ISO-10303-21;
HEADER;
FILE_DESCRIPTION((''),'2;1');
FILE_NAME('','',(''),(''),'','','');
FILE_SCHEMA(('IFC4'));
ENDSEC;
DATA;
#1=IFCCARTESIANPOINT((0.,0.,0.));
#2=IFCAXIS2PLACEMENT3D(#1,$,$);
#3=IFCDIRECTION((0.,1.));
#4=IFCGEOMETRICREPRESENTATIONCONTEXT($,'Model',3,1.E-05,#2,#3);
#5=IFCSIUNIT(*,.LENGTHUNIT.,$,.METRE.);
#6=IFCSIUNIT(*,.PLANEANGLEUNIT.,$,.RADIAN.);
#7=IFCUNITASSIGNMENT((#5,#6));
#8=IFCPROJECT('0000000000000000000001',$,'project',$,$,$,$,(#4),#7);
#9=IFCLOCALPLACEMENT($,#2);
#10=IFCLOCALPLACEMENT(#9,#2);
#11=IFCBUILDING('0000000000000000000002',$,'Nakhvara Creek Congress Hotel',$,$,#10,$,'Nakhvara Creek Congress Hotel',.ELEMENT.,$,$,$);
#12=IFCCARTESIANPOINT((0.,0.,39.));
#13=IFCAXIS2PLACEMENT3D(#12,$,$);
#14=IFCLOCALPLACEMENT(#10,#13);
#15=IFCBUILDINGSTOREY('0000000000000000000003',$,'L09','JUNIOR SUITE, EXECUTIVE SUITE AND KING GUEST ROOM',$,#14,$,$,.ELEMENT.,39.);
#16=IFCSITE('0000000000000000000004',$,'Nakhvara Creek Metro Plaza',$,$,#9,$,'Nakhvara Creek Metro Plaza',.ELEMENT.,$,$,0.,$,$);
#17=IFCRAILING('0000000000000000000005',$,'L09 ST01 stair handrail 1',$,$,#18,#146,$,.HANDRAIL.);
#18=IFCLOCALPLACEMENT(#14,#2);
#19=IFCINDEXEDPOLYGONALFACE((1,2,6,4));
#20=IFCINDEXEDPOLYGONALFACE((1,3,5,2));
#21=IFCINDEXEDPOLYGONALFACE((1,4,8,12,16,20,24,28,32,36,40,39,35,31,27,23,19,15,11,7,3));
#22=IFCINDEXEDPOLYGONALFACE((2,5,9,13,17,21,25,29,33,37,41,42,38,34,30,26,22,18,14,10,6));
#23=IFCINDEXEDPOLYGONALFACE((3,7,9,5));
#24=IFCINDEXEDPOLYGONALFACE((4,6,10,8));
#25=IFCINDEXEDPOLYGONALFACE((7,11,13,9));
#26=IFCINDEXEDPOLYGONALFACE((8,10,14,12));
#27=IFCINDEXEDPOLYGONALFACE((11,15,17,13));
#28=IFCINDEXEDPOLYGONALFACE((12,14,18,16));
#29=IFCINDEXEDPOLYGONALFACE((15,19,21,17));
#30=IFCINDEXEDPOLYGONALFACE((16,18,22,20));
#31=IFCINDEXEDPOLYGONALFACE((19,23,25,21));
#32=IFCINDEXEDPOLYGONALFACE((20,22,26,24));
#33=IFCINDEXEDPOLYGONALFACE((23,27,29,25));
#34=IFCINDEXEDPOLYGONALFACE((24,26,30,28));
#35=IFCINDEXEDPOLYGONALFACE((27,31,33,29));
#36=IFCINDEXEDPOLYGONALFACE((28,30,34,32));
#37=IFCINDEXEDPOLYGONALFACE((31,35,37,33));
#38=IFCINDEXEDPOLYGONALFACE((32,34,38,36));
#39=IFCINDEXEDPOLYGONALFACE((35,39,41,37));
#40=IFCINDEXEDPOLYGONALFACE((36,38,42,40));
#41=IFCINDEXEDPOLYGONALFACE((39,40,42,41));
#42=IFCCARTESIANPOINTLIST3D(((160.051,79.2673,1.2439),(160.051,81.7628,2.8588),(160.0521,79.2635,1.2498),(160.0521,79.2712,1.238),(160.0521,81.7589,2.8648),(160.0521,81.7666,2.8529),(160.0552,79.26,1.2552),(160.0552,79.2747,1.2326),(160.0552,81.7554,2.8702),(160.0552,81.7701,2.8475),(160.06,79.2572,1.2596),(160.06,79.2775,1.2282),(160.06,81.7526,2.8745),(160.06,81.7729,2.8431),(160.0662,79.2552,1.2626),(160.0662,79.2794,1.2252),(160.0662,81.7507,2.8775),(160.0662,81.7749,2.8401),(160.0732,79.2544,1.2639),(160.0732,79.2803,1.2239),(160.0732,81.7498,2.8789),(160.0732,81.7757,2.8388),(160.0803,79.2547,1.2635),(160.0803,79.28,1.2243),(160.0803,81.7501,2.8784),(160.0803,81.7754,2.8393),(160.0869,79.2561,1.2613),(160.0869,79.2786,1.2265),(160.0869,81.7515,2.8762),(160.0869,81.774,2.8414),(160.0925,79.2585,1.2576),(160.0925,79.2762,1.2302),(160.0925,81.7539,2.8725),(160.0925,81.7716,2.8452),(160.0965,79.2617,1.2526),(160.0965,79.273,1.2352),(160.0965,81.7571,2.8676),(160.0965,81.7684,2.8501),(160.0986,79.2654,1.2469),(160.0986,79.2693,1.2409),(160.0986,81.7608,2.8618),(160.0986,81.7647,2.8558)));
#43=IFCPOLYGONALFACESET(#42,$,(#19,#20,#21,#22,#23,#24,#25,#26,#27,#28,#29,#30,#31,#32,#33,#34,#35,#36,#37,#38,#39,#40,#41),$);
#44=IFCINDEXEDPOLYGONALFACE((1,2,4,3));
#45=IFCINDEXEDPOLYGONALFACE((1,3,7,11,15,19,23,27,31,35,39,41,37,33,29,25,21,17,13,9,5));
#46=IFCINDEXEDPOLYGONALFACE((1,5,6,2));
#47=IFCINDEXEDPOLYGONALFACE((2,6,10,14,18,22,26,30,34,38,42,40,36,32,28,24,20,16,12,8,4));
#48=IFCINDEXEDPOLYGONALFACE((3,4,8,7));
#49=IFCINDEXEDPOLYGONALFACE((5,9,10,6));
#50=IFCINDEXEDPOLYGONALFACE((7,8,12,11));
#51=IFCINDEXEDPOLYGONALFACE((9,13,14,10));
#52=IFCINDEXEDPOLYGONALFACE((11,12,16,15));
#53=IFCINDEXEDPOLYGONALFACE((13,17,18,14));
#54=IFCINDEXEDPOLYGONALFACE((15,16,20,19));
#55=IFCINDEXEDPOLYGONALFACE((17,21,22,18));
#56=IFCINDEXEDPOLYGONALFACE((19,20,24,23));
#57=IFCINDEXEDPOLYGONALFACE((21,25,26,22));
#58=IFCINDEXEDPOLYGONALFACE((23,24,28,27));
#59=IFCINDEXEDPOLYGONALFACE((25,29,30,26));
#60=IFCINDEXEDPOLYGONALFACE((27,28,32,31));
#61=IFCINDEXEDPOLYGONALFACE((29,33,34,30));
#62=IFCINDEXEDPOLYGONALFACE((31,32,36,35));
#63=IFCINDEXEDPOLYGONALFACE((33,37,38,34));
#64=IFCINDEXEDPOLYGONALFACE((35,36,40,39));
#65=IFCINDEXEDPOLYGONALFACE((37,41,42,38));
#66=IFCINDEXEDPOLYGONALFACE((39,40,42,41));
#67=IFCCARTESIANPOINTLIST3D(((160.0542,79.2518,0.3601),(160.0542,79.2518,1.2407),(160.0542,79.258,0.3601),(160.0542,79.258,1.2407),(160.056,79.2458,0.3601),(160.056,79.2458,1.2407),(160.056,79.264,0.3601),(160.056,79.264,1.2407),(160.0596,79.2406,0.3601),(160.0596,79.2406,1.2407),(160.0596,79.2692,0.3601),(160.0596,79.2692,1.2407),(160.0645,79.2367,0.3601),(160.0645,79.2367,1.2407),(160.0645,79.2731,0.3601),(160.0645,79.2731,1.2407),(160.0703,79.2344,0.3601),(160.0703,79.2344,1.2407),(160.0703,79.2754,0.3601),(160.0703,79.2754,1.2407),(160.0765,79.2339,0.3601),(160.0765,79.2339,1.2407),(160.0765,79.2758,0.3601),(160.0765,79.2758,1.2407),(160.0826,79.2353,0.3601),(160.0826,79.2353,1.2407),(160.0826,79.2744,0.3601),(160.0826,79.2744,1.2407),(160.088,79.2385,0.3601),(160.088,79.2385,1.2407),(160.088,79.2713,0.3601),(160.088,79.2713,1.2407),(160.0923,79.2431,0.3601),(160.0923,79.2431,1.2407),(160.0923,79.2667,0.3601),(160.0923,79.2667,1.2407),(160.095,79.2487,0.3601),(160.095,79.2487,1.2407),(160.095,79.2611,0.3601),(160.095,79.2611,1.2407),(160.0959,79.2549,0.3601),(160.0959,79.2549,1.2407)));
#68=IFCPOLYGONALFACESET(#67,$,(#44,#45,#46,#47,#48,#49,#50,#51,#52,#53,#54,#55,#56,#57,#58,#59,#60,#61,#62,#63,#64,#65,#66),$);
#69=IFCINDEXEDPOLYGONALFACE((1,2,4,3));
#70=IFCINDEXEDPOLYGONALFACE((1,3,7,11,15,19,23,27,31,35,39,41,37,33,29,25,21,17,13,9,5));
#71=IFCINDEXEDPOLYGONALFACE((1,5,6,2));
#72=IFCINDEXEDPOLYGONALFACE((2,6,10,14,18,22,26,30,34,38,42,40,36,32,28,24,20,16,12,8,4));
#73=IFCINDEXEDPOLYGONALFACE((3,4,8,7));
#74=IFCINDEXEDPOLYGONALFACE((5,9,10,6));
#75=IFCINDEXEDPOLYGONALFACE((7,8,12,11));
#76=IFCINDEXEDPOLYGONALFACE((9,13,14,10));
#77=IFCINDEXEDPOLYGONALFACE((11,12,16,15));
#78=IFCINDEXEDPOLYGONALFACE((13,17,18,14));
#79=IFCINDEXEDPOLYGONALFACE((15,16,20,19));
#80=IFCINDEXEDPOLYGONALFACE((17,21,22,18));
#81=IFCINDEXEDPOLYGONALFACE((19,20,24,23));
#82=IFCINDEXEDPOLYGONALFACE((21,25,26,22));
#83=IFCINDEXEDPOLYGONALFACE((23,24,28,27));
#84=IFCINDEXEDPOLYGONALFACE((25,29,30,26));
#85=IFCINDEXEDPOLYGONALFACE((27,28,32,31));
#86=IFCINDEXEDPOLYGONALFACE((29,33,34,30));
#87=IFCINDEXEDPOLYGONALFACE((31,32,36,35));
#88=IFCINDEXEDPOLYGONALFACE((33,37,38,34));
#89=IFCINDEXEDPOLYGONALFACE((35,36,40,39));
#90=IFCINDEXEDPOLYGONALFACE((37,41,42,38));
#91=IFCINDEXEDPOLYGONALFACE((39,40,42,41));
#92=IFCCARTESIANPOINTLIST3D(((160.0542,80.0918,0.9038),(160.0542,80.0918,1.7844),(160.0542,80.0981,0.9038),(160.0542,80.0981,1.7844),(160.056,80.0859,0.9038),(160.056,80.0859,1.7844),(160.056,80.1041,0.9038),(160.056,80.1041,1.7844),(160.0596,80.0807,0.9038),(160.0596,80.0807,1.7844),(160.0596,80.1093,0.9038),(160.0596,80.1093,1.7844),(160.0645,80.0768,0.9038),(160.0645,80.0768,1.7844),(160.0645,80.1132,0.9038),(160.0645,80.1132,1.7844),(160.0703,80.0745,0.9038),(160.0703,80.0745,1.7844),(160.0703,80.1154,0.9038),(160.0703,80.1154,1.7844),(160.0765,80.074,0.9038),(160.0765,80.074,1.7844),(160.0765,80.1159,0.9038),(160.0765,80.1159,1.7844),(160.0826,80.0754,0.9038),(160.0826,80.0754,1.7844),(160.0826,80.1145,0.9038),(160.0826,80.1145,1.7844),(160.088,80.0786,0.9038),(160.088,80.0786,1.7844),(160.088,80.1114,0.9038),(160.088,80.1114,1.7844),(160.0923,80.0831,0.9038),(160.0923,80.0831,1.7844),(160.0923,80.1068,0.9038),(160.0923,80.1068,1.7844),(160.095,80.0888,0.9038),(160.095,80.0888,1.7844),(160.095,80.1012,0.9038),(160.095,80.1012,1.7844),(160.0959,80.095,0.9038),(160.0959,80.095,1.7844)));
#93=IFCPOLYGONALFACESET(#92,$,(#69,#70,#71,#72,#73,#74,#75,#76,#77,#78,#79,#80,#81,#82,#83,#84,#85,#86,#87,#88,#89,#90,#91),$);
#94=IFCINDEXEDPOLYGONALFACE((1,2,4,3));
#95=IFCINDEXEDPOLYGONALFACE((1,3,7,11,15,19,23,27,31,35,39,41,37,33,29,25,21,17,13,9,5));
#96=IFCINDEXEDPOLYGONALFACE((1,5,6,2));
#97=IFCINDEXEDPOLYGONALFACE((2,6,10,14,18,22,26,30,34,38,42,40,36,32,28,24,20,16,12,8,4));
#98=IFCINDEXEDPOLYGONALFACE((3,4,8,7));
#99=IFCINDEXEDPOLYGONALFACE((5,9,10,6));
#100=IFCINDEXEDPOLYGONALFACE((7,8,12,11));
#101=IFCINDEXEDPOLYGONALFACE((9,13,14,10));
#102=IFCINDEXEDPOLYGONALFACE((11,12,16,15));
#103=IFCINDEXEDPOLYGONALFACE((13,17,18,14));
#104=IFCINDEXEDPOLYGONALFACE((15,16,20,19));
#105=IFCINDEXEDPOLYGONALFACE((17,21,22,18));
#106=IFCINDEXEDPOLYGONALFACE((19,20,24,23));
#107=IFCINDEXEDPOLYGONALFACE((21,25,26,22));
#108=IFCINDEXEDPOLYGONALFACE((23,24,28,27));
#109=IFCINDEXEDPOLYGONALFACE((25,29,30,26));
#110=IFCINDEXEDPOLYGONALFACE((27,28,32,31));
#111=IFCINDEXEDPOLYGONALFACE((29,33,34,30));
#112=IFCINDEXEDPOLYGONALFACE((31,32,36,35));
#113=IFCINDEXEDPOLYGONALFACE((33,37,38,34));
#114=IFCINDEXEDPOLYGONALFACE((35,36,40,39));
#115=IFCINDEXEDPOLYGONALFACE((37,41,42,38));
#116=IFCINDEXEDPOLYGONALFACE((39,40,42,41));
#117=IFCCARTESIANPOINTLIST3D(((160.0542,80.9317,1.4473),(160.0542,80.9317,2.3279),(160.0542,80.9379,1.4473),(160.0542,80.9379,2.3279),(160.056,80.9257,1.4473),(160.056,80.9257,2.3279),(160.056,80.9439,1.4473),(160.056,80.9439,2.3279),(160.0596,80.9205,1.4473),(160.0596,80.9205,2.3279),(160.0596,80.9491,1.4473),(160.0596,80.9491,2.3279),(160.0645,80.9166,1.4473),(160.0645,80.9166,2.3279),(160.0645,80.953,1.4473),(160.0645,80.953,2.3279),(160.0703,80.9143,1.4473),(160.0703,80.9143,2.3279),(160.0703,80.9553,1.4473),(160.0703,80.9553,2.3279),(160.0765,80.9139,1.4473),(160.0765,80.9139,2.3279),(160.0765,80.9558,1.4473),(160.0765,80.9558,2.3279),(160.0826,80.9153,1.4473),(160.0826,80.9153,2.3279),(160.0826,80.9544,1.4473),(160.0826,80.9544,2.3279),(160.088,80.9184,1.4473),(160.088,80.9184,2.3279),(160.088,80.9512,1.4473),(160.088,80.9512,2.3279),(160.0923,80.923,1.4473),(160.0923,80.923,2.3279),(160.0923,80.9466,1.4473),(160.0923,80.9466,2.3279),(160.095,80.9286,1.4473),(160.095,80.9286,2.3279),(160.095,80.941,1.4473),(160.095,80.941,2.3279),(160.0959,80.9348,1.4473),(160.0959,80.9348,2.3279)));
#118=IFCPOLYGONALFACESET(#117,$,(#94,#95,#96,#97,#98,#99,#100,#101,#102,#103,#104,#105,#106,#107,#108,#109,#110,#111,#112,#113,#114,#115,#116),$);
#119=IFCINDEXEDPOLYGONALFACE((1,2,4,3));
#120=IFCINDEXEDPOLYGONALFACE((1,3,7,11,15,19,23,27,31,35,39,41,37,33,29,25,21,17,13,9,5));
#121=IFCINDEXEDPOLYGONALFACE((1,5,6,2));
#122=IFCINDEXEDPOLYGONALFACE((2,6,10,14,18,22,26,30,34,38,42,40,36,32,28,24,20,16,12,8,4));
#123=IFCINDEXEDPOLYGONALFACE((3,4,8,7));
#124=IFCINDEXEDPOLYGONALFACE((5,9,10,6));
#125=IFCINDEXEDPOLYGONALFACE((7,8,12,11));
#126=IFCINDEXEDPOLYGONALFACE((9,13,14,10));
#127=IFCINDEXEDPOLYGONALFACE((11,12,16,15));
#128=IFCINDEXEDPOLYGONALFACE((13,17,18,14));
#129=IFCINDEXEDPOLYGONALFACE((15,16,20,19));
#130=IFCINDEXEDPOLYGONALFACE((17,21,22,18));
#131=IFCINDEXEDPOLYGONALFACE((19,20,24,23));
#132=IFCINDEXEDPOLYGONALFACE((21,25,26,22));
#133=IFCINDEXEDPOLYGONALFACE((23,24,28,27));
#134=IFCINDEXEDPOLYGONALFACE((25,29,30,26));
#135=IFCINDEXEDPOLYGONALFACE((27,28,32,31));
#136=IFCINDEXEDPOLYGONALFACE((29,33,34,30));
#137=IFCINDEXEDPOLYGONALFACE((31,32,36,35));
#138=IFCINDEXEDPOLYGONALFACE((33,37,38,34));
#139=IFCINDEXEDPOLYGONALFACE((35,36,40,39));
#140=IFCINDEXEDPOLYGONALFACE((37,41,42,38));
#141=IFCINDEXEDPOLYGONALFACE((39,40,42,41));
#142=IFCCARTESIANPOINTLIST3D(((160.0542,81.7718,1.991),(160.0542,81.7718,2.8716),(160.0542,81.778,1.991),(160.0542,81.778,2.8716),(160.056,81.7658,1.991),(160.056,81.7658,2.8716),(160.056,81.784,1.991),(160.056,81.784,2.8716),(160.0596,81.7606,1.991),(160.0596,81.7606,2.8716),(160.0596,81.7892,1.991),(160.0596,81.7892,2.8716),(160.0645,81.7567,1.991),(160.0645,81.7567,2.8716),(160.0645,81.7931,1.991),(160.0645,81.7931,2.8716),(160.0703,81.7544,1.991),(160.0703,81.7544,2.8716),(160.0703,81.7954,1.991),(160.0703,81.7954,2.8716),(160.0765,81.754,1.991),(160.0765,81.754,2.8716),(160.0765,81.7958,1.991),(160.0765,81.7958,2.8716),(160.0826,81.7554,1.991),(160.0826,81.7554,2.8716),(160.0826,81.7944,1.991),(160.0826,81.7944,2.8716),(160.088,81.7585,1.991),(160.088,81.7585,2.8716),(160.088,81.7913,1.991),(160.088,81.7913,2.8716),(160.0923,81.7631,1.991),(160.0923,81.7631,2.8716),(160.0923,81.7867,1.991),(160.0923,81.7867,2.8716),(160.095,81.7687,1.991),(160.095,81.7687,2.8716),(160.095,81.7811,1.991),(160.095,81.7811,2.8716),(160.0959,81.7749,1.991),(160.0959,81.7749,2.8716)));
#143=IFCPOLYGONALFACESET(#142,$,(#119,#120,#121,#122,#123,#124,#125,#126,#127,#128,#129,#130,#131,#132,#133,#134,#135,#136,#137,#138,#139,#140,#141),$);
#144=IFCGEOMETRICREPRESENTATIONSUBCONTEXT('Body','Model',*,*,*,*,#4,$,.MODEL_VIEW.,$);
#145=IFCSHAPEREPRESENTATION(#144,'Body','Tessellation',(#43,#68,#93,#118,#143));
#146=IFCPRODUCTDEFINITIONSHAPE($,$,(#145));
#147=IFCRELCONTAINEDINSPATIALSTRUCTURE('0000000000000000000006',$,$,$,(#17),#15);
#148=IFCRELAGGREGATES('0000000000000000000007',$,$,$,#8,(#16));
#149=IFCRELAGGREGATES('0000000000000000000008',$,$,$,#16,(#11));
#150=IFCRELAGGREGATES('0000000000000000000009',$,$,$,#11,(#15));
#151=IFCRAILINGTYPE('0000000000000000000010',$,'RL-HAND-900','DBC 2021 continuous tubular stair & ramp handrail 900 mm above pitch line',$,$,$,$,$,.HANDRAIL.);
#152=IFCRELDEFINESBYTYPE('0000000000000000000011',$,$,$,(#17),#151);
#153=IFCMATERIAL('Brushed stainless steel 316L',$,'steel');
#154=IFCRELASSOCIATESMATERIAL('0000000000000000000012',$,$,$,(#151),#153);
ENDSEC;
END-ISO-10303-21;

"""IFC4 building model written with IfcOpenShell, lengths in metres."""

from ifc_helpers import new_model, si_unit, direction, frame, origin, origin_2d, place, context, subcontext, project, spatial, circle, extrude, material, type_object, element, save


model = new_model("IFC4")

# Units and contexts
model_context = context("Model", 3, precision=1e-05, world=origin(), true_north=direction((0.0, 1.0)))
body_context = subcontext(model_context, "Body", "Model", "MODEL_VIEW")
ifc_project = project(units=[si_unit("LENGTHUNIT", "METRE"), si_unit("PLANEANGLEUNIT", "RADIAN")], contexts=[model_context])

# Site, building, storey
site_placement = place(None, origin())
site = spatial("IfcSite", under=ifc_project, at=site_placement, Name="Nakhvara Creek Metro Plaza", LongName="Nakhvara Creek Metro Plaza", CompositionType="ELEMENT", RefElevation=0.0)
building_placement = place(site_placement, origin())
building = spatial("IfcBuilding", under=site, at=building_placement, Name="Nakhvara Creek Congress Hotel", LongName="Nakhvara Creek Congress Hotel", CompositionType="ELEMENT")
storey_placement = place(building_placement, frame((0.0, 0.0, 39.0)))
storey = spatial("IfcBuildingStorey", under=building, at=storey_placement, Name="L09", Description="JUNIOR SUITE, EXECUTIVE SUITE AND KING GUEST ROOM", CompositionType="ELEMENT", Elevation=39.0)

# Railing
ifc_material_1 = material(Name="Brushed stainless steel 316L", Category="steel")
railing_type_1 = type_object("IfcRailingType", Name="RL-HAND-900", Description="DBC 2021 continuous tubular stair & ramp handrail 900 mm above pitch line", PredefinedType="HANDRAIL", material=ifc_material_1)
railing_1_placement = place(storey_placement, frame((160.075, 79.2549, 0.3601)))
element("IfcRailing", 1, at=railing_1_placement, inside=storey, type_object=railing_type_1, Name="L09 ST01 stair handrail 1", PredefinedType="HANDRAIL", context=body_context, shape_type="SweptSolid", body=[
    extrude(circle(Radius=0.0239, at=origin_2d()), frame((0.0, 0.0125, 0.8838), z_axis=(0.0, 0.839531, 0.543312), x_axis=(-1.0, 0.0, 0.0)), (0.0, 0.0, 1.0), 2.9724),
    extrude(circle(Radius=0.021, at=origin_2d()), origin(), (0.0, 0.0, 1.0), 0.8806),
    extrude(circle(Radius=0.021, at=origin_2d()), frame((0.0, 0.8401, 0.5437)), (0.0, 0.0, 1.0), 0.8806),
    extrude(circle(Radius=0.021, at=origin_2d()), frame((0.0, 1.6799, 1.0872)), (0.0, 0.0, 1.0), 0.8806),
    extrude(circle(Radius=0.021, at=origin_2d()), frame((0.0, 2.52, 1.6309)), (0.0, 0.0, 1.0), 0.8806),
])

save(model, "model.ifc")
